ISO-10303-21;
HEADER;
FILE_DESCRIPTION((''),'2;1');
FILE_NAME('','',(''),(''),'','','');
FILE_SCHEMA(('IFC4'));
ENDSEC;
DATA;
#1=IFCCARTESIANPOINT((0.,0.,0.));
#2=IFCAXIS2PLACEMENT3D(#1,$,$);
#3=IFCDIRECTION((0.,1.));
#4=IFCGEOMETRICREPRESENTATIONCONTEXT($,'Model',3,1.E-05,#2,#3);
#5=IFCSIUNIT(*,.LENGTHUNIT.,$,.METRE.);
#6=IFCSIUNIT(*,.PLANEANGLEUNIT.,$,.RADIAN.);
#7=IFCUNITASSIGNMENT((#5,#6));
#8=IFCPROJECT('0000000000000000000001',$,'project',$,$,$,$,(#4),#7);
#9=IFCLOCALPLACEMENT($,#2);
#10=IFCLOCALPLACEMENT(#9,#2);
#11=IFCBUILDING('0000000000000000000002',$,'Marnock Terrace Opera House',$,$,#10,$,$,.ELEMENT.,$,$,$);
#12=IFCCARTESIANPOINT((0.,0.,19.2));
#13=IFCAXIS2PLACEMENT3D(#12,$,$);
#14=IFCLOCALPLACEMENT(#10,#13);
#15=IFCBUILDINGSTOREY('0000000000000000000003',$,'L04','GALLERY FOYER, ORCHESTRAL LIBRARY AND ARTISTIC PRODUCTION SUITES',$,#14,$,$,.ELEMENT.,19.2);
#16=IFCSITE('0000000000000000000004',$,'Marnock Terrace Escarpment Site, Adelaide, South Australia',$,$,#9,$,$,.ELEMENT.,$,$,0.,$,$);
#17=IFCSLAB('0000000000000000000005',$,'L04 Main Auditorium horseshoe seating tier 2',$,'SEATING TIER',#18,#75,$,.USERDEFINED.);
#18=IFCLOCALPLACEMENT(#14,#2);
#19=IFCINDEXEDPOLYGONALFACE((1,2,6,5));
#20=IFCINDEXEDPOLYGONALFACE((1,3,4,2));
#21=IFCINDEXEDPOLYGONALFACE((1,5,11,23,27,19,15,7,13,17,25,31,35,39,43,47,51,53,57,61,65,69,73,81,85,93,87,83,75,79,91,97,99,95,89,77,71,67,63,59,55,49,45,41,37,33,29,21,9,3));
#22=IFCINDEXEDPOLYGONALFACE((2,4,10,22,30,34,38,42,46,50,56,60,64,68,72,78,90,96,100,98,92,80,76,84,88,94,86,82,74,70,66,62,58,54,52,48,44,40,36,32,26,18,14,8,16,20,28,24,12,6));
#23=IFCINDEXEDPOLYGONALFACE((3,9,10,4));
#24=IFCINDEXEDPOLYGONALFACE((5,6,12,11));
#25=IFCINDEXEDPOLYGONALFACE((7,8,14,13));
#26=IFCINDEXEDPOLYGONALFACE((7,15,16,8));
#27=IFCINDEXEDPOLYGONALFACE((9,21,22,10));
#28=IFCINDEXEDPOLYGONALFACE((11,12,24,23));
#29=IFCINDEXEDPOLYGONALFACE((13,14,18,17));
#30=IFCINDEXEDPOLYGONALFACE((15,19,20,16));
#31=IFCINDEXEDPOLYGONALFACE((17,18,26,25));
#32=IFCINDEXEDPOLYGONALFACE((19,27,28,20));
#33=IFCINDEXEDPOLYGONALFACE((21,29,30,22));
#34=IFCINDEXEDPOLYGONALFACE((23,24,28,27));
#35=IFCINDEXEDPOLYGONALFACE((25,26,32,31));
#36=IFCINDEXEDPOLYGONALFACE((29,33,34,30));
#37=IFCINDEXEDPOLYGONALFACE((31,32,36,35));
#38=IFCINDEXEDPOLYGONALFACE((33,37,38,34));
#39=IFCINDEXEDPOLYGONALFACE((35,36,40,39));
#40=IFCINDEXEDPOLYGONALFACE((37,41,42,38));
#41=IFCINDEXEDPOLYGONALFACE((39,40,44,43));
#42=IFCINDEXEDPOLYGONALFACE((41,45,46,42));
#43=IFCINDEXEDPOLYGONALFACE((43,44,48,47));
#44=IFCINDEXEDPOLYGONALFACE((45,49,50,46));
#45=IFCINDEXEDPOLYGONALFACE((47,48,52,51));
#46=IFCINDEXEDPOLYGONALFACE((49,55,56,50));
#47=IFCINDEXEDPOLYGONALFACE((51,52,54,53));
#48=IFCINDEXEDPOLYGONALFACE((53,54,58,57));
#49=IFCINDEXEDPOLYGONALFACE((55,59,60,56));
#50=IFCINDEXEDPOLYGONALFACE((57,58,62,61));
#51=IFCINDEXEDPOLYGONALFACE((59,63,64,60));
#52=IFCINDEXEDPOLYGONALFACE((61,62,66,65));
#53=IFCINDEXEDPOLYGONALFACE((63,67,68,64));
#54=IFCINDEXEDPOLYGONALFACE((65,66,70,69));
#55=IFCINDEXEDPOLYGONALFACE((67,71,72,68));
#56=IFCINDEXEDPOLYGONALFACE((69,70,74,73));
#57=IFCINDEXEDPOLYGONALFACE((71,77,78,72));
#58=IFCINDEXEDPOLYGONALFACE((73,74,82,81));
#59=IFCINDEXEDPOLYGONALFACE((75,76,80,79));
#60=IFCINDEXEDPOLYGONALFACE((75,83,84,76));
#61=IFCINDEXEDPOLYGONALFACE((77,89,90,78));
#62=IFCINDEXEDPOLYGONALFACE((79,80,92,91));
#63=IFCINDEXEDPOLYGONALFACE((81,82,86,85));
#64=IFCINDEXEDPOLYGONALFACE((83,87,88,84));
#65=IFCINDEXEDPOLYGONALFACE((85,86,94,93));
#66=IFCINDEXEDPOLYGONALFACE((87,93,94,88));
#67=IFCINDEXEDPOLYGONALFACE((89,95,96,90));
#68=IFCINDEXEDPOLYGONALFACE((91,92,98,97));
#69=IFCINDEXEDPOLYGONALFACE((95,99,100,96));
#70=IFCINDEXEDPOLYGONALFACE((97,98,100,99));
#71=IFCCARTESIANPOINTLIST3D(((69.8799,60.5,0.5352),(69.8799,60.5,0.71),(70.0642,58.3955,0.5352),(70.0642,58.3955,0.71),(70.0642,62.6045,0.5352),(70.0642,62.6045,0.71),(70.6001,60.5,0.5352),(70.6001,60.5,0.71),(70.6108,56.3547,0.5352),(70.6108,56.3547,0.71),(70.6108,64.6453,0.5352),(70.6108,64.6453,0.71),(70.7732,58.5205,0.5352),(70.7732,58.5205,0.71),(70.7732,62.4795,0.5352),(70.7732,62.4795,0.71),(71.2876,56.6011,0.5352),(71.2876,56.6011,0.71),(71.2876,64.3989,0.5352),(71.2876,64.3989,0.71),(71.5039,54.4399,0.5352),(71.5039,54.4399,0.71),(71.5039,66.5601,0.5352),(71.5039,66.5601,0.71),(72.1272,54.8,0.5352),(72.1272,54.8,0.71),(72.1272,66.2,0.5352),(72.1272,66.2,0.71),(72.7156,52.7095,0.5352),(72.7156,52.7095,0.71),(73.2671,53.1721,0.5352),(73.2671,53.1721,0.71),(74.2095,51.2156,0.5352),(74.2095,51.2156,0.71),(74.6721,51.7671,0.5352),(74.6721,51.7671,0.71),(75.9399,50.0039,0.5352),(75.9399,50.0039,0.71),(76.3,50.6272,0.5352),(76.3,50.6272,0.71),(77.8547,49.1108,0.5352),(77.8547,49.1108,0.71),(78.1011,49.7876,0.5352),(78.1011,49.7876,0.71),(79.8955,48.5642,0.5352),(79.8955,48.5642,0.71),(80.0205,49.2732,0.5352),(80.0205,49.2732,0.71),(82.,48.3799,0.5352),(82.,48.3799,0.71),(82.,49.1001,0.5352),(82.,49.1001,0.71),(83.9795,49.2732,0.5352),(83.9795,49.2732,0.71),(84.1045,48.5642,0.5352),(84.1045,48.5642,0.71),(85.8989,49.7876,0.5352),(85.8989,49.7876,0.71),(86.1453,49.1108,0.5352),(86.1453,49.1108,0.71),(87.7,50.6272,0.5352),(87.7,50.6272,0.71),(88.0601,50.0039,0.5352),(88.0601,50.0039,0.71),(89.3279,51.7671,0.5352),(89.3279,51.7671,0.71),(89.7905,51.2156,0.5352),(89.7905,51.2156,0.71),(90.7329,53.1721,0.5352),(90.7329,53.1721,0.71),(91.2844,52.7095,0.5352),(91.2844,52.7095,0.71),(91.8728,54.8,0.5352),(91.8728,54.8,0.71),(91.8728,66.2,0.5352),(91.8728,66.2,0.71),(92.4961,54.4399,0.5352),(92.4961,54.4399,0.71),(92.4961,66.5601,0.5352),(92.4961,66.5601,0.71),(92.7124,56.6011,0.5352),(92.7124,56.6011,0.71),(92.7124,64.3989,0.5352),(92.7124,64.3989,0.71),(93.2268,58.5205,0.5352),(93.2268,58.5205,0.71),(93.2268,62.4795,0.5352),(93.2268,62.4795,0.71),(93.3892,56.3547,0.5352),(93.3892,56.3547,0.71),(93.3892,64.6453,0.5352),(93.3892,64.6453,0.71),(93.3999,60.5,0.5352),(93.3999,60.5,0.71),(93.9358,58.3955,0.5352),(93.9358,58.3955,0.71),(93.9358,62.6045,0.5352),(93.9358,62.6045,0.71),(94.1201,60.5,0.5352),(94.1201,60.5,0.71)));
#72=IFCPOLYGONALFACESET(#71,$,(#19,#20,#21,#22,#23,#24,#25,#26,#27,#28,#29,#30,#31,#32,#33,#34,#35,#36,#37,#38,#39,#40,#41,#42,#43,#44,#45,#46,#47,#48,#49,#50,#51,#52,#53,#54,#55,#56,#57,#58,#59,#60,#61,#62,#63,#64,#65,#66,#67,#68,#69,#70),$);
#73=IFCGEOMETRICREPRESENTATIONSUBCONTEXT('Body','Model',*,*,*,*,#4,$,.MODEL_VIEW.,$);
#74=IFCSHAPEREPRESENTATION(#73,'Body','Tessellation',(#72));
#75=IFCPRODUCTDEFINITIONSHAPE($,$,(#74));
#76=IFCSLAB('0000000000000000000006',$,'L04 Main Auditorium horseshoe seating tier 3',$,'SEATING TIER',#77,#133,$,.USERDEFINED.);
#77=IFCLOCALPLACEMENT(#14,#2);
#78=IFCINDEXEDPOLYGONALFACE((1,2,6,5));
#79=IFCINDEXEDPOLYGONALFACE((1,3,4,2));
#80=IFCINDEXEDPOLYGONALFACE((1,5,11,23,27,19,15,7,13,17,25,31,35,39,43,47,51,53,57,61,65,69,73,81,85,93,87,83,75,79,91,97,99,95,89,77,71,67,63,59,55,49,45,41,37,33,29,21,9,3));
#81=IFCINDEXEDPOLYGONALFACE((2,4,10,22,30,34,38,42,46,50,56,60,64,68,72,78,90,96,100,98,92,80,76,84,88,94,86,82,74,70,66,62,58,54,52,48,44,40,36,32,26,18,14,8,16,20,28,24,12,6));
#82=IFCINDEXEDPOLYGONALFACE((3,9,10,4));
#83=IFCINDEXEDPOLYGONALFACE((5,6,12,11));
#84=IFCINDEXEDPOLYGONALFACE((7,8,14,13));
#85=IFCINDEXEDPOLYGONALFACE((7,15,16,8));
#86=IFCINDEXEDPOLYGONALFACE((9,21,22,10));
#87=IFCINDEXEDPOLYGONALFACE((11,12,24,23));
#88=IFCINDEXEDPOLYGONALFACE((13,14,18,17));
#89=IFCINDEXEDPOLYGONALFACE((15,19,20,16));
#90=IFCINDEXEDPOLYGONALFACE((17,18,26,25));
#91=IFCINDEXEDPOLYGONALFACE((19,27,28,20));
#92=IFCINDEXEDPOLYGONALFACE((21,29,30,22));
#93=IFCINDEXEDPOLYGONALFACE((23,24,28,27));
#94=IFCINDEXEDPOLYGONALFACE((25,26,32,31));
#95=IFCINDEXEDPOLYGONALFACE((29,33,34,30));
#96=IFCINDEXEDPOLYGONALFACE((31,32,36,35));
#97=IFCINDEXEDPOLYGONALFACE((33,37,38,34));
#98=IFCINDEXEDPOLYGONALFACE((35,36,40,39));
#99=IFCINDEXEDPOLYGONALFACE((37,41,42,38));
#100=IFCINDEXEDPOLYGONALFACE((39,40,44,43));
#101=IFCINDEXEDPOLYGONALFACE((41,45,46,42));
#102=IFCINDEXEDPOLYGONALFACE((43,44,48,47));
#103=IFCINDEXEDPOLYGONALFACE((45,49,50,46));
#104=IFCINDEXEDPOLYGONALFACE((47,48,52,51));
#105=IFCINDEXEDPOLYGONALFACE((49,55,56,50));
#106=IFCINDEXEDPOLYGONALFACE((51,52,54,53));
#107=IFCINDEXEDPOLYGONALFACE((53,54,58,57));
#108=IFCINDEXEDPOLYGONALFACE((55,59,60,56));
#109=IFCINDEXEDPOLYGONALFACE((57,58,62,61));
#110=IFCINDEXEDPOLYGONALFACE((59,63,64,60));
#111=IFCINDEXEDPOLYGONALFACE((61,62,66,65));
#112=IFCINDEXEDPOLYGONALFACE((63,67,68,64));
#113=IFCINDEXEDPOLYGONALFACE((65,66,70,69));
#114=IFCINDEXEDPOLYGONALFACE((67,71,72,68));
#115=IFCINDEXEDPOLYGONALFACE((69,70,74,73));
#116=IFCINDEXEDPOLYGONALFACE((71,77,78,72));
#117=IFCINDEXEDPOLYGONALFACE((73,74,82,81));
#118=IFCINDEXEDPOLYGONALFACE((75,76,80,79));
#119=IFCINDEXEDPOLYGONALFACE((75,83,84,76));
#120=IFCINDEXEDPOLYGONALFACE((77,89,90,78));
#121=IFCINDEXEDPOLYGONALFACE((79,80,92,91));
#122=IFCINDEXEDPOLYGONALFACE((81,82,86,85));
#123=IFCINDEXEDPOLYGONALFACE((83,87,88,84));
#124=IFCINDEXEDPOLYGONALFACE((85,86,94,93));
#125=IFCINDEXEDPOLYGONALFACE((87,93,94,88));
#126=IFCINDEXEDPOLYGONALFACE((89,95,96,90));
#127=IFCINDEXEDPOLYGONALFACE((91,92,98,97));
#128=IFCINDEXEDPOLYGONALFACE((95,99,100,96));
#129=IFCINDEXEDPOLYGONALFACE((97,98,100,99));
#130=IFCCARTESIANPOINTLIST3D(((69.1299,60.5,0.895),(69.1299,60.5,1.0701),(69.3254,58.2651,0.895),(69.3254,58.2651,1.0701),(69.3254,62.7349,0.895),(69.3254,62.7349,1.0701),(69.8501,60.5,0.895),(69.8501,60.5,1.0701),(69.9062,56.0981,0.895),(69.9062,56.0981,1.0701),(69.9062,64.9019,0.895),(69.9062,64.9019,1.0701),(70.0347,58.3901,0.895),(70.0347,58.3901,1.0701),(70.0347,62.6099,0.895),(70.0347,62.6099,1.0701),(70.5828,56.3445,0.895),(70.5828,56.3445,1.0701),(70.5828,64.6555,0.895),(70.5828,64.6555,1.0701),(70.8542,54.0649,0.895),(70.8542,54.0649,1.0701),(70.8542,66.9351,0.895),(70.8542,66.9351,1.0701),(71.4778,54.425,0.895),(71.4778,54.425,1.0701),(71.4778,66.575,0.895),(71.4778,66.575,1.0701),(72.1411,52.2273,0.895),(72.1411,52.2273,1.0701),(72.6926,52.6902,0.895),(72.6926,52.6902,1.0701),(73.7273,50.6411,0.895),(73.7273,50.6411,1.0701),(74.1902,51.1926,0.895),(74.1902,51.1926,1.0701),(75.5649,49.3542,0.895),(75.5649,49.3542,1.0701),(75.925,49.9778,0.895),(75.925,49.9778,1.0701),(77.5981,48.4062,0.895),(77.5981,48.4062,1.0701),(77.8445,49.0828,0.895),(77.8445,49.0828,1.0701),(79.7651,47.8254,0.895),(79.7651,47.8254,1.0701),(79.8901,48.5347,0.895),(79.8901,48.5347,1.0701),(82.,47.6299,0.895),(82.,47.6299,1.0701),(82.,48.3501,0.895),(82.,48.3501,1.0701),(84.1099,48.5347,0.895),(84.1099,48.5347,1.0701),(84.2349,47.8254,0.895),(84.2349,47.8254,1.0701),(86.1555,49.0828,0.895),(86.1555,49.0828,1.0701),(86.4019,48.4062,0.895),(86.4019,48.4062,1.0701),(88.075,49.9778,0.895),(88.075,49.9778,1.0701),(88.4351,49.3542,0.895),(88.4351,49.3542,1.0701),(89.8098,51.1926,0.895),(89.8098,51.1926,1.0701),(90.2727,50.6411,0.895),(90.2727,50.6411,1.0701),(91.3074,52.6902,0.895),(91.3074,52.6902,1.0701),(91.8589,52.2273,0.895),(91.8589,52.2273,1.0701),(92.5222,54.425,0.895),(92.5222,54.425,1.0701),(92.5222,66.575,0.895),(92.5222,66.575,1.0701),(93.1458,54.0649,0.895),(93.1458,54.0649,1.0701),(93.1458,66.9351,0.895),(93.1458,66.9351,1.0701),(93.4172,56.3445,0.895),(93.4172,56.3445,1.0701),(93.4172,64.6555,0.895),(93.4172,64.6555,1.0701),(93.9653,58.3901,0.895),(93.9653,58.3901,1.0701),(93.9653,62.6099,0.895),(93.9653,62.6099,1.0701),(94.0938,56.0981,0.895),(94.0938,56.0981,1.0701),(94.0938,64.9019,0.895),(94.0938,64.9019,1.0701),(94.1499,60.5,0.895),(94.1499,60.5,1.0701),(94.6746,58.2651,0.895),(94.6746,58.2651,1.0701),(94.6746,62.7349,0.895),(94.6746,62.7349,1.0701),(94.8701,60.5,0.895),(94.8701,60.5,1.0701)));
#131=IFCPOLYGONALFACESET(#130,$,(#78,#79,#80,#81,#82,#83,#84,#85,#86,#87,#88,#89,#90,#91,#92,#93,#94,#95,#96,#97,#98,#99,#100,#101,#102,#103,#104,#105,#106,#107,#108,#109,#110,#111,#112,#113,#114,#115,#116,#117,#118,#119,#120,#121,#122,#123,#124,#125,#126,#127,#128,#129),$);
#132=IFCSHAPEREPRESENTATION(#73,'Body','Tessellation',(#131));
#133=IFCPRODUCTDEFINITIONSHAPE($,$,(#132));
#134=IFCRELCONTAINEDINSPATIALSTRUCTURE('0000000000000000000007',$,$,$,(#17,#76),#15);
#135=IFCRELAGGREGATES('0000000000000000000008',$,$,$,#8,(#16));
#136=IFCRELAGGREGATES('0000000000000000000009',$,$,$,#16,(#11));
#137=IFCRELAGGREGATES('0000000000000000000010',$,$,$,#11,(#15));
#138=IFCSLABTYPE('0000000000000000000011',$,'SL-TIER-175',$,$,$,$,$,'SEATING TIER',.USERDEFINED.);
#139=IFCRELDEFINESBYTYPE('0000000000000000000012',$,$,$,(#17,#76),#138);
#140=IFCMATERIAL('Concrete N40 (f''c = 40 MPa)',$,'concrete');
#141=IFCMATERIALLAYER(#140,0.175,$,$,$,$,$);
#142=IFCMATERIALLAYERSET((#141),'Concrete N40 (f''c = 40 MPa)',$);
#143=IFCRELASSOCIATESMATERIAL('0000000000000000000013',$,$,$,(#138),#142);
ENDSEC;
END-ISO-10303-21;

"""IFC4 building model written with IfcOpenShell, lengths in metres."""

from ifc_helpers import new_model, si_unit, direction, frame, origin, place, context, subcontext, project, spatial, polyline, outline, extrude, material, layer, layer_set, type_object, element, save


model = new_model("IFC4")

# Units and contexts
model_context = context("Model", 3, precision=1e-05, world=origin(), true_north=direction((0.0, 1.0)))
body_context = subcontext(model_context, "Body", "Model", "MODEL_VIEW")
ifc_project = project(units=[si_unit("LENGTHUNIT", "METRE"), si_unit("PLANEANGLEUNIT", "RADIAN")], contexts=[model_context])

# Site, building, storey
site_placement = place(None, origin())
site = spatial("IfcSite", under=ifc_project, at=site_placement, Name="Marnock Terrace Escarpment Site, Adelaide, South Australia", CompositionType="ELEMENT", RefElevation=0.0)
building_placement = place(site_placement, origin())
building = spatial("IfcBuilding", under=site, at=building_placement, Name="Marnock Terrace Opera House", CompositionType="ELEMENT")
storey_placement = place(building_placement, frame((0.0, 0.0, 19.2)))
storey = spatial("IfcBuildingStorey", under=building, at=storey_placement, Name="L04", Description="GALLERY FOYER, ORCHESTRAL LIBRARY AND ARTISTIC PRODUCTION SUITES", CompositionType="ELEMENT", Elevation=19.2)

# Shared definitions
ifc_material_1 = material(Name="Concrete N40 (f'c = 40 MPa)", Category="concrete")

# Slabs
ifc_layer_1 = layer(ifc_material_1, 0.175)
ifc_layer_set_1 = layer_set([ifc_layer_1], Name="Concrete N40 (f'c = 40 MPa)")
slab_type_1 = type_object("IfcSlabType", Name="SL-TIER-175", ElementType="SEATING TIER", PredefinedType="USERDEFINED", material=ifc_layer_set_1)
slab_1_placement = place(storey_placement, frame((0.0, 0.0, 0.5352)))
element("IfcSlab", 1, at=slab_1_placement, inside=storey, type_object=slab_type_1, Name="L04 Main Auditorium horseshoe seating tier 2", ObjectType="SEATING TIER", PredefinedType="USERDEFINED", context=body_context, shape_type="SweptSolid", body=[
    extrude(outline(polyline([(71.5039, 66.5601), (70.6108, 64.6453), (70.0642, 62.6045), (69.8799, 60.5), (70.0642, 58.3955), (70.6108, 56.3547), (71.5039, 54.4399), (72.7156, 52.7095), (74.2095, 51.2156), (75.9399, 50.0039), (77.8547, 49.1108), (79.8955, 48.5642), (82.0, 48.3799), (84.1045, 48.5642), (86.1453, 49.1108), (88.0601, 50.0039), (89.7905, 51.2156), (91.2844, 52.7095), (92.4961, 54.4399), (93.3892, 56.3547), (93.9358, 58.3955), (94.1201, 60.5), (93.9358, 62.6045), (93.3892, 64.6453), (92.4961, 66.5601), (91.8728, 66.2), (92.7124, 64.3989), (93.2268, 62.4795), (93.3999, 60.5), (93.2268, 58.5205), (92.7124, 56.6011), (91.8728, 54.8), (90.7329, 53.1721), (89.3279, 51.7671), (87.7, 50.6272), (85.8989, 49.7876), (83.9795, 49.2732), (82.0, 49.1001), (80.0205, 49.2732), (78.1011, 49.7876), (76.3, 50.6272), (74.6721, 51.7671), (73.2671, 53.1721), (72.1272, 54.8), (71.2876, 56.6011), (70.7732, 58.5205), (70.6001, 60.5), (70.7732, 62.4795), (71.2876, 64.3989), (72.1272, 66.2), (71.5039, 66.5601)])), origin(), (0.0, 0.0, 1.0), 0.1748),
])
slab_2_placement = place(storey_placement, frame((0.0, 0.0, 0.895)))
element("IfcSlab", 2, at=slab_2_placement, inside=storey, type_object=slab_type_1, Name="L04 Main Auditorium horseshoe seating tier 3", ObjectType="SEATING TIER", PredefinedType="USERDEFINED", context=body_context, shape_type="SweptSolid", body=[
    extrude(outline(polyline([(70.8542, 66.9351), (69.9062, 64.9019), (69.3254, 62.7349), (69.1299, 60.5), (69.3254, 58.2651), (69.9062, 56.0981), (70.8542, 54.0649), (72.1411, 52.2273), (73.7273, 50.6411), (75.5649, 49.3542), (77.5981, 48.4062), (79.7651, 47.8254), (82.0, 47.6299), (84.2349, 47.8254), (86.4019, 48.4062), (88.4351, 49.3542), (90.2727, 50.6411), (91.8589, 52.2273), (93.1458, 54.0649), (94.0938, 56.0981), (94.6746, 58.2651), (94.8701, 60.5), (94.6746, 62.7349), (94.0938, 64.9019), (93.1458, 66.9351), (92.5222, 66.575), (93.4172, 64.6555), (93.9653, 62.6099), (94.1499, 60.5), (93.9653, 58.3901), (93.4172, 56.3445), (92.5222, 54.425), (91.3074, 52.6902), (89.8098, 51.1926), (88.075, 49.9778), (86.1555, 49.0828), (84.1099, 48.5347), (82.0, 48.3501), (79.8901, 48.5347), (77.8445, 49.0828), (75.925, 49.9778), (74.1902, 51.1926), (72.6926, 52.6902), (71.4778, 54.425), (70.5828, 56.3445), (70.0347, 58.3901), (69.8501, 60.5), (70.0347, 62.6099), (70.5828, 64.6555), (71.4778, 66.575), (70.8542, 66.9351)])), origin(), (0.0, 0.0, 1.0), 0.175),
])

save(model, "model.ifc")
